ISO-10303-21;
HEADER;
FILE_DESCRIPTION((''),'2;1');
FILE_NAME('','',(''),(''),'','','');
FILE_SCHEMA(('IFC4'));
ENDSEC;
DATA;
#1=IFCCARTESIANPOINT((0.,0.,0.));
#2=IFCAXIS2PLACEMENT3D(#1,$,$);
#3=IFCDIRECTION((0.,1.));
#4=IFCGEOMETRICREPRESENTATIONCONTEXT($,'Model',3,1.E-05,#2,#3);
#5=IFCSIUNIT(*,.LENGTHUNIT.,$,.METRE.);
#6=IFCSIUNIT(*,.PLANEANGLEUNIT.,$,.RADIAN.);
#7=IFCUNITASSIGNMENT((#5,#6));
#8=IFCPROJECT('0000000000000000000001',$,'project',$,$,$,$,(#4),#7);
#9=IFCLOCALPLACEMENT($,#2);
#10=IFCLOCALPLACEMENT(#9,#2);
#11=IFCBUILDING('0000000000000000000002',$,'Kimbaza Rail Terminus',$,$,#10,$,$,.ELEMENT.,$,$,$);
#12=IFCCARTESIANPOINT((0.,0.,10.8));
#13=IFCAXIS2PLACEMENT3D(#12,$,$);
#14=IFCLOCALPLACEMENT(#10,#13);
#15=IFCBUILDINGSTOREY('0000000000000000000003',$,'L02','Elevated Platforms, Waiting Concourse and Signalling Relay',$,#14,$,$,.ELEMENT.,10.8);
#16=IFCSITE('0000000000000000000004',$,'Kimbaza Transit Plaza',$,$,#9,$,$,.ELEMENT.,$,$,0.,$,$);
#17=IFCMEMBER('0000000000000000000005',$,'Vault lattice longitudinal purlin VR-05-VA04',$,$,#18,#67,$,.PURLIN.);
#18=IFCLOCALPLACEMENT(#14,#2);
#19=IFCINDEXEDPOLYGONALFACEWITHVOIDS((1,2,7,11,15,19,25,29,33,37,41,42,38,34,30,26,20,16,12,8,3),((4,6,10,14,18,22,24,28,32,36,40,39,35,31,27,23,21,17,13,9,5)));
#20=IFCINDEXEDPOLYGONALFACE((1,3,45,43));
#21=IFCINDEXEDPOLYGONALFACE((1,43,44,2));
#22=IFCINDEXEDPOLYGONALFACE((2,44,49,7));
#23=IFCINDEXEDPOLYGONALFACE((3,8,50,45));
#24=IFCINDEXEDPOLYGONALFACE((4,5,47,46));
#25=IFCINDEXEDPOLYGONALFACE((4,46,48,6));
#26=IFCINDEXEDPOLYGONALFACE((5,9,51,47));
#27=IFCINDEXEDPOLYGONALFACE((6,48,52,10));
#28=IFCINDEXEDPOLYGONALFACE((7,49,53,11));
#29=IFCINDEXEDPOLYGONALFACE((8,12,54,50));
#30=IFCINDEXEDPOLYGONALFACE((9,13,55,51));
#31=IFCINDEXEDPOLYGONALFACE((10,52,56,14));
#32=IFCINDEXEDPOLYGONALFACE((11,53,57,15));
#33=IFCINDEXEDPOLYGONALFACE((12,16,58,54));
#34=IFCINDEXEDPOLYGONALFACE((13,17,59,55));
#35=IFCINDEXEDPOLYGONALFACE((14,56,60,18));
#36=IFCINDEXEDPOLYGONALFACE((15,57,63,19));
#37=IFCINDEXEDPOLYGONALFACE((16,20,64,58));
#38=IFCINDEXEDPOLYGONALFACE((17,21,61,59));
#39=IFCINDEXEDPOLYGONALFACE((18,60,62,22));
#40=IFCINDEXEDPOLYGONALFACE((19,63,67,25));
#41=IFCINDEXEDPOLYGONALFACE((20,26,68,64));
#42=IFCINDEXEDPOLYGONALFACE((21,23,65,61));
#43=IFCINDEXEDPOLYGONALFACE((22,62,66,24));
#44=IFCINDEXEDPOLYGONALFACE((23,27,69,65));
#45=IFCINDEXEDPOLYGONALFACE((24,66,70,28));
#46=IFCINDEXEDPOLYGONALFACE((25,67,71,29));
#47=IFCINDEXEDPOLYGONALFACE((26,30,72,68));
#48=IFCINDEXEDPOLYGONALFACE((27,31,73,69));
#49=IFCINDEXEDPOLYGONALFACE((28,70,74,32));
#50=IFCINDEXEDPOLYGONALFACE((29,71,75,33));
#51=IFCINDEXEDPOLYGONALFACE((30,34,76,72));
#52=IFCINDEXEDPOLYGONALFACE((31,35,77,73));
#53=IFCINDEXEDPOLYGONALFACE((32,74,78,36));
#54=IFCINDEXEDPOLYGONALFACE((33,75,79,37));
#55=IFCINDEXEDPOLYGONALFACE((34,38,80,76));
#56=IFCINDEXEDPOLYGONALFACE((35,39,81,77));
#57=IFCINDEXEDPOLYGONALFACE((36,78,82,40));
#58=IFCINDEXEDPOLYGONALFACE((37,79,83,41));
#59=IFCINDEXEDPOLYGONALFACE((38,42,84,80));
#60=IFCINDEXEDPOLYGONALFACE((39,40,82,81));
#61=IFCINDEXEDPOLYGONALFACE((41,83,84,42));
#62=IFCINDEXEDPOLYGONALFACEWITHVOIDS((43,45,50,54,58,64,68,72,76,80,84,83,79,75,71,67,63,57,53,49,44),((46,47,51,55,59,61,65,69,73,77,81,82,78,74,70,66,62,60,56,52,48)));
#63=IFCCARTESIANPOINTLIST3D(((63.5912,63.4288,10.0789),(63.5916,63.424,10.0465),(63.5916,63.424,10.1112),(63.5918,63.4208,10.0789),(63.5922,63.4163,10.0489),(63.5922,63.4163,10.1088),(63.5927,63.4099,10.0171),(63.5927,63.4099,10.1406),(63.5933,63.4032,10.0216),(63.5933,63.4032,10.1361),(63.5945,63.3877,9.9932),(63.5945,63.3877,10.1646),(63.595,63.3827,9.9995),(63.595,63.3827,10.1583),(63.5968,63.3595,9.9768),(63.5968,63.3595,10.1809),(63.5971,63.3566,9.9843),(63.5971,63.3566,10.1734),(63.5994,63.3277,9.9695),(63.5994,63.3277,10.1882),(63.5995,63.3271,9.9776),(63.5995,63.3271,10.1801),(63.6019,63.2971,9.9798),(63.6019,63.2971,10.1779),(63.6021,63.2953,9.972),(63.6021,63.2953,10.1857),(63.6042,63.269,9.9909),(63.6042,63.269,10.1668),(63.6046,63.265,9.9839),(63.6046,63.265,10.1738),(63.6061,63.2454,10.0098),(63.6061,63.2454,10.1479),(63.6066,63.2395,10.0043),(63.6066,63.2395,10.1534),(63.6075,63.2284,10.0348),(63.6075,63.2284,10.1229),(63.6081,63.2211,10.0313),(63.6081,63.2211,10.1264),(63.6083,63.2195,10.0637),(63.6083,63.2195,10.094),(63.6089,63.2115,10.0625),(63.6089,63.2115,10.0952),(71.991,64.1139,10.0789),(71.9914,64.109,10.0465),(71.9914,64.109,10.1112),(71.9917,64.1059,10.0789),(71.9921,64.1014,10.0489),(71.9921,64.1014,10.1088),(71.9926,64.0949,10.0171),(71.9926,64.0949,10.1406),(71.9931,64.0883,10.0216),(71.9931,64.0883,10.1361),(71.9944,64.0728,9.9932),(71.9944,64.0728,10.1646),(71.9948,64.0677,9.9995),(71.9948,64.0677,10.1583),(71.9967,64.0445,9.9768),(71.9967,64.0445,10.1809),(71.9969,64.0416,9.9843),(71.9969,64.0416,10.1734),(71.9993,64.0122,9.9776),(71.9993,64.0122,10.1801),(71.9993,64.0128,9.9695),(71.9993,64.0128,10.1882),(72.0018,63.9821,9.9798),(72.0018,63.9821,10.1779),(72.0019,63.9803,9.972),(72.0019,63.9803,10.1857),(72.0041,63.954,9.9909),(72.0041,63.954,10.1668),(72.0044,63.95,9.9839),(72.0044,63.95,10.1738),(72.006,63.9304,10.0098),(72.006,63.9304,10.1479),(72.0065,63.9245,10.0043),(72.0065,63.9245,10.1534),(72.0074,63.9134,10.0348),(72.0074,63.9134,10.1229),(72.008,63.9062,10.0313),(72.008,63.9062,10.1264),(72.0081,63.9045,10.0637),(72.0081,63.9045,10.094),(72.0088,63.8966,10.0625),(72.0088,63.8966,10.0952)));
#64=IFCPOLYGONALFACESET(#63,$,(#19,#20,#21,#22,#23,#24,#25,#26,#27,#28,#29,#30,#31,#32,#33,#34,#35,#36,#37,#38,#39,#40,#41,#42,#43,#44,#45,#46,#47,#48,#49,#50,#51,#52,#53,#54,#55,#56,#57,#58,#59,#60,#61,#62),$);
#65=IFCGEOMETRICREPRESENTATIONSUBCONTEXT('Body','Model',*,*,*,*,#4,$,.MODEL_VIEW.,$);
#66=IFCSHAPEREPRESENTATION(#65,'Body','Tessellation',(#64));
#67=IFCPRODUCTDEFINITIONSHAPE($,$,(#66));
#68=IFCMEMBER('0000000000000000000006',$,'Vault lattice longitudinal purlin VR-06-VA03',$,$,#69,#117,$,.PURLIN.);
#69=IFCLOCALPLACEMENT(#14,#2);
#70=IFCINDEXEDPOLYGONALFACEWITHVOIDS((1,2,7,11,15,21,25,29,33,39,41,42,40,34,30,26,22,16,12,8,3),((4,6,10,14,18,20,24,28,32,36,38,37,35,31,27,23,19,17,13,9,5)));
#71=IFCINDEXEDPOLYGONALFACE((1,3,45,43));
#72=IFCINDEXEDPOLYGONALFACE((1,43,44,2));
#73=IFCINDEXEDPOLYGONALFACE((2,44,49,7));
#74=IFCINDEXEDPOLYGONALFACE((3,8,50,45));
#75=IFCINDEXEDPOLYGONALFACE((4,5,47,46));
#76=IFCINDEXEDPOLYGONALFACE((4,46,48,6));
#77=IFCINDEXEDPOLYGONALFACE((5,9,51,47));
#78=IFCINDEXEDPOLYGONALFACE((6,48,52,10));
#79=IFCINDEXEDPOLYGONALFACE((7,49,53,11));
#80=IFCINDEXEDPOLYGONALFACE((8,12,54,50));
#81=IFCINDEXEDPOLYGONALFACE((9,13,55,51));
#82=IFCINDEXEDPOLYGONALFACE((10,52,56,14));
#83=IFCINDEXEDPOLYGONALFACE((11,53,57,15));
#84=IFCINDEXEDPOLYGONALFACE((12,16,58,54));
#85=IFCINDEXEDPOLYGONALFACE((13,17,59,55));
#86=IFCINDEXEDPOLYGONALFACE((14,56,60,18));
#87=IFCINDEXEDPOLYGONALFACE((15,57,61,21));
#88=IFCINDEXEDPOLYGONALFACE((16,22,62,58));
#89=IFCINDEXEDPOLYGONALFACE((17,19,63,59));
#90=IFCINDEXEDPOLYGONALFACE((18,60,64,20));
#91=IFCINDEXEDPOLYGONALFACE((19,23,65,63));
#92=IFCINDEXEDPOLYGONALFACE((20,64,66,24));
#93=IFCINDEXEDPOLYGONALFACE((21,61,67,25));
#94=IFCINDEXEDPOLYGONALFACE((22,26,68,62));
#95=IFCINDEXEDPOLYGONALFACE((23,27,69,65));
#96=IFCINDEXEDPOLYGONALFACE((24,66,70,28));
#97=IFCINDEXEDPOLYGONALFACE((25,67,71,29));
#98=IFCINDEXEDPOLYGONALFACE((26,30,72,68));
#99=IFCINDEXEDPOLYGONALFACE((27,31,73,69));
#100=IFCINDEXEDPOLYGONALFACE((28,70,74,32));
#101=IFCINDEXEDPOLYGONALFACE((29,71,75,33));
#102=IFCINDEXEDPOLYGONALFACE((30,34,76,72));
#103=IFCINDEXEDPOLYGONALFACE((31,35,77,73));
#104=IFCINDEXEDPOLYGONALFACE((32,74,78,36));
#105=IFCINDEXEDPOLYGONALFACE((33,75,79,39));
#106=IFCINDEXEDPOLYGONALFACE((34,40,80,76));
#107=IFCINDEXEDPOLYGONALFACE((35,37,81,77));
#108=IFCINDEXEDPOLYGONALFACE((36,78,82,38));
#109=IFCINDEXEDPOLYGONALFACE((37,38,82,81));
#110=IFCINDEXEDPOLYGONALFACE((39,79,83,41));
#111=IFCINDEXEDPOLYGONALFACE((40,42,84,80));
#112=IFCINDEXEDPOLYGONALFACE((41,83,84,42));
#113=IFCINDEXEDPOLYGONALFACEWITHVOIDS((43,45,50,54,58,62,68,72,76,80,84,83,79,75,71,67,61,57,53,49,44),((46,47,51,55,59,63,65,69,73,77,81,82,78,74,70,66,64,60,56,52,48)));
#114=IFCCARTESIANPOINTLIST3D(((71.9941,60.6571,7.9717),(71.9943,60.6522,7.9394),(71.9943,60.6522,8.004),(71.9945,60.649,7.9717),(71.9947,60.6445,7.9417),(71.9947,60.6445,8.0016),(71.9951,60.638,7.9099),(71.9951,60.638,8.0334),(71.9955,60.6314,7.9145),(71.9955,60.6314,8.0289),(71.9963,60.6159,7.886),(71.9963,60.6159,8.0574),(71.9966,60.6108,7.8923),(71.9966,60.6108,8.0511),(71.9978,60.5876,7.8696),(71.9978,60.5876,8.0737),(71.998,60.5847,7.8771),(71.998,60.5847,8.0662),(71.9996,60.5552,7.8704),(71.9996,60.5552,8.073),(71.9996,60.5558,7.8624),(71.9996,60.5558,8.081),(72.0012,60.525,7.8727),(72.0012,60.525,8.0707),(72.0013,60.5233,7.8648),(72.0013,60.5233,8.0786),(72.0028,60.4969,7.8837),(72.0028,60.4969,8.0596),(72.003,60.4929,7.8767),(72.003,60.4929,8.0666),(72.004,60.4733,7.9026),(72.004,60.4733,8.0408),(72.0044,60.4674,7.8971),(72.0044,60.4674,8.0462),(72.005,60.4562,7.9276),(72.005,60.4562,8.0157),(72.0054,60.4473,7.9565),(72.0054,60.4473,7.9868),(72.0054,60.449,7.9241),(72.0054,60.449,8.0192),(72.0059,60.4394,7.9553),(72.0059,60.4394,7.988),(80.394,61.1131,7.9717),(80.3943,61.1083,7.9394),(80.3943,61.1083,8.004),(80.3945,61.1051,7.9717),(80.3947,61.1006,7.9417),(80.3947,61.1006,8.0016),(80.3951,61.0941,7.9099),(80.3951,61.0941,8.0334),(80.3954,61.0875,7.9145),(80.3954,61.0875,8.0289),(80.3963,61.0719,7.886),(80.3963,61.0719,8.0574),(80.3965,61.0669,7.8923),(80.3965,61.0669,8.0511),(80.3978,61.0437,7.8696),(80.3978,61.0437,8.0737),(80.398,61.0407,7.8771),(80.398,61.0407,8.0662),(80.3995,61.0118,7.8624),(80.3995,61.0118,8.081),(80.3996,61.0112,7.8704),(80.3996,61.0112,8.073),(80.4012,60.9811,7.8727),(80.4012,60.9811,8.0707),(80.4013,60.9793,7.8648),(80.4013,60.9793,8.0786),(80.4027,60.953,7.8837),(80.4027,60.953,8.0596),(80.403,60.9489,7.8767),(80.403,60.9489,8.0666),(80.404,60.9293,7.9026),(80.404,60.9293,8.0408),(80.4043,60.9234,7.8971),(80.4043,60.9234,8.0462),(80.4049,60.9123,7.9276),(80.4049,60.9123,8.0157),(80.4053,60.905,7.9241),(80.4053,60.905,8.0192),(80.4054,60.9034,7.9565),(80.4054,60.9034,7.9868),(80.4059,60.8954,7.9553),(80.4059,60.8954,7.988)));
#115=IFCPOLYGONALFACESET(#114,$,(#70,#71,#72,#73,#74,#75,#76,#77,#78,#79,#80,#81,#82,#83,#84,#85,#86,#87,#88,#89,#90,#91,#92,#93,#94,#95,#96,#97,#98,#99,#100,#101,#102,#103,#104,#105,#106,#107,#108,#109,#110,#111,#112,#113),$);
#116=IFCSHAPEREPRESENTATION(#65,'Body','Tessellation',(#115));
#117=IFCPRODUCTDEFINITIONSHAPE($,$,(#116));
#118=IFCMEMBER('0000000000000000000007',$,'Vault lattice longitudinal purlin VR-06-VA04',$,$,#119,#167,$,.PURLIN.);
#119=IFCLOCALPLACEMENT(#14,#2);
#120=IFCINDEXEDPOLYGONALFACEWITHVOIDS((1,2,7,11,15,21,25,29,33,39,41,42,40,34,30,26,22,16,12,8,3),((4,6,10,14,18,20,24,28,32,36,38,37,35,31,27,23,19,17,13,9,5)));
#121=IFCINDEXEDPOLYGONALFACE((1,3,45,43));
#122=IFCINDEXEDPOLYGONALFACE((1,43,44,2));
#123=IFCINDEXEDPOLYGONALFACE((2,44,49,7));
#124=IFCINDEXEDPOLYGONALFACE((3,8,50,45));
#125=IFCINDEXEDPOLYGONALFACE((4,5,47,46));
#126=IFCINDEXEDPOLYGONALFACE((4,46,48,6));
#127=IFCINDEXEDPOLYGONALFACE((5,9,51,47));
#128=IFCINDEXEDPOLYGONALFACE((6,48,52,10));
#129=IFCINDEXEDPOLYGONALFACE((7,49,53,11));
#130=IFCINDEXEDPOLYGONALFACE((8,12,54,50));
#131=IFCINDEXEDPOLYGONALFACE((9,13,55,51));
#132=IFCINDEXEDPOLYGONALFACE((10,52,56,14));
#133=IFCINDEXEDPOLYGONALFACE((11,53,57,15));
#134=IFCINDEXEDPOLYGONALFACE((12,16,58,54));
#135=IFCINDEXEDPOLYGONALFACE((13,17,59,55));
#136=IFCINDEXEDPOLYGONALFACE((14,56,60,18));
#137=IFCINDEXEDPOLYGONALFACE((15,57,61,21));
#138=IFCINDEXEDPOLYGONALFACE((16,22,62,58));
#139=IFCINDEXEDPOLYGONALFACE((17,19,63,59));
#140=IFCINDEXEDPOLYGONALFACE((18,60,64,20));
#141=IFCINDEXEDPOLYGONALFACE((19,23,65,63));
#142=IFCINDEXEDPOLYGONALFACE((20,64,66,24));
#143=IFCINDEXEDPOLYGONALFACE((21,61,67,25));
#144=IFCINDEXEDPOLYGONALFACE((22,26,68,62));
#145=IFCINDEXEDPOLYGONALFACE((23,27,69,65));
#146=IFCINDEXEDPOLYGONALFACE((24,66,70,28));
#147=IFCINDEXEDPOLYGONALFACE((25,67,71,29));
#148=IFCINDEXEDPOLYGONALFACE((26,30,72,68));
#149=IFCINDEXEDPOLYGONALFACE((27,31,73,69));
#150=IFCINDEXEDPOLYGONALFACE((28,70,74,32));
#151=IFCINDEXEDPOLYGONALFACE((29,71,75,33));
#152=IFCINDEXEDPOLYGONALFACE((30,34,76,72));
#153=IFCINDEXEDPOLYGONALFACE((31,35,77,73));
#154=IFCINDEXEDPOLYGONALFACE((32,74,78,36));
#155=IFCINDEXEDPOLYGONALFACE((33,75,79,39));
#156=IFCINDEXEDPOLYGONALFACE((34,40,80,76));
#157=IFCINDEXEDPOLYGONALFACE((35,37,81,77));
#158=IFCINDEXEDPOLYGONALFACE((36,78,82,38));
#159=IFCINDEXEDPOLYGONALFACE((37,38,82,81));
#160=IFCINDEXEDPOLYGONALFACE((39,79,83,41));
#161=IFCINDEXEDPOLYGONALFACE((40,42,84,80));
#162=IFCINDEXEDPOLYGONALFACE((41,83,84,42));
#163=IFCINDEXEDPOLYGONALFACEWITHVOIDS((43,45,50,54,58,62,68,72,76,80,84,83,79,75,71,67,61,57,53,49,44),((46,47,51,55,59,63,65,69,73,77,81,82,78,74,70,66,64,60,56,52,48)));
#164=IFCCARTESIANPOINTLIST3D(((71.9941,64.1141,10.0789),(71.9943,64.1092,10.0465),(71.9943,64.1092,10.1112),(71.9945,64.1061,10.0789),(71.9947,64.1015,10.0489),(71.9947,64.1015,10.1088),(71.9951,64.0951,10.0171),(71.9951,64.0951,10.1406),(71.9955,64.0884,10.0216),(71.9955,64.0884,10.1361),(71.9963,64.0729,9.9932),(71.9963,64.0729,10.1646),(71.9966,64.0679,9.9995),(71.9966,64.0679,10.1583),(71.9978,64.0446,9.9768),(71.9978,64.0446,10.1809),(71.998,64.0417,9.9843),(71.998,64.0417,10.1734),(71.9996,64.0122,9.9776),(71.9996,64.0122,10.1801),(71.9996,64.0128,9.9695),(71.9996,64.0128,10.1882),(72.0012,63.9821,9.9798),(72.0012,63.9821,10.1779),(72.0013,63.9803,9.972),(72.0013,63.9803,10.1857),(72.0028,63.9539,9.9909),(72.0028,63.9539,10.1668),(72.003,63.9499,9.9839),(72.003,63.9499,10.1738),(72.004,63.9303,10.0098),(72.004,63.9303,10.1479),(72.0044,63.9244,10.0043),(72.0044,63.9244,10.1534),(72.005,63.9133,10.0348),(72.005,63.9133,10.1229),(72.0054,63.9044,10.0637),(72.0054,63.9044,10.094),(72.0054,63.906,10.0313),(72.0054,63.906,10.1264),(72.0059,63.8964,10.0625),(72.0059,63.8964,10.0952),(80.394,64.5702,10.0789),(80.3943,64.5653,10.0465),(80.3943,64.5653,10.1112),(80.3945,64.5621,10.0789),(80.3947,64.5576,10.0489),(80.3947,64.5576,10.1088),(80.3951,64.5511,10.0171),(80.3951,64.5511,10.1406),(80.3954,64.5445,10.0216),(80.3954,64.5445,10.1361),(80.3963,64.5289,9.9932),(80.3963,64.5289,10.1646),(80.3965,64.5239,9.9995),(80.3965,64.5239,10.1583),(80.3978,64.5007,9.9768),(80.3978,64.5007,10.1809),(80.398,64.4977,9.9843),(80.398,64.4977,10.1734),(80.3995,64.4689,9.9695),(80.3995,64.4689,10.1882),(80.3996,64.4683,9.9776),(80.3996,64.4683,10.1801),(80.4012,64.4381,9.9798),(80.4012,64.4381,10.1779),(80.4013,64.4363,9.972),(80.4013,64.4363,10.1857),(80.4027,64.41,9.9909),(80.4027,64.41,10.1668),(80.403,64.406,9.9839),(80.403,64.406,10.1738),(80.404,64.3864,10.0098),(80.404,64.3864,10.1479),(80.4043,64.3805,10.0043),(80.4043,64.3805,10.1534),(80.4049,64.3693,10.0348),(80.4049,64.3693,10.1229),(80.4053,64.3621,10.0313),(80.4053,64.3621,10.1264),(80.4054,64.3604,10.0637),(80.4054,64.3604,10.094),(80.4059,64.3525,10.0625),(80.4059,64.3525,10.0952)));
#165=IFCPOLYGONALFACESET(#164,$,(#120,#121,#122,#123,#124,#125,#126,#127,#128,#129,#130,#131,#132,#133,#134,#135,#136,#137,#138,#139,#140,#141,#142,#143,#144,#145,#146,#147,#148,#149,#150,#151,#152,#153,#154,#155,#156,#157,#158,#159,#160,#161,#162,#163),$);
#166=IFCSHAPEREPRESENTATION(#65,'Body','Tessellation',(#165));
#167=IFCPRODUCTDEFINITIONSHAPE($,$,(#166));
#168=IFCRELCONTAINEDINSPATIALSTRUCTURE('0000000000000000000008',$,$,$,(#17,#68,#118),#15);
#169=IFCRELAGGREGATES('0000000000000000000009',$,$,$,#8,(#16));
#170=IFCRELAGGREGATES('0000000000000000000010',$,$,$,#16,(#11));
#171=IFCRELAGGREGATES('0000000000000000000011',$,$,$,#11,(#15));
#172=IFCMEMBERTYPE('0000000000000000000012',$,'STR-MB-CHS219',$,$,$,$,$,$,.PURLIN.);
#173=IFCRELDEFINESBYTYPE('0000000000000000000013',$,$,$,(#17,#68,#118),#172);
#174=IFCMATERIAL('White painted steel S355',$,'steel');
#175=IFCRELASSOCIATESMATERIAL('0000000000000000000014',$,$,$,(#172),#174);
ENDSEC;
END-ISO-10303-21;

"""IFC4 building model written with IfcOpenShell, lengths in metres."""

from ifc_helpers import new_model, si_unit, direction, frame, origin, origin_2d, place, context, subcontext, project, spatial, hollow_circle, extrude, material, material_profile, profile_set, type_object, element, save


model = new_model("IFC4")

# Units and contexts
model_context = context("Model", 3, precision=1e-05, world=origin(), true_north=direction((0.0, 1.0)))
body_context = subcontext(model_context, "Body", "Model", "MODEL_VIEW")
ifc_project = project(units=[si_unit("LENGTHUNIT", "METRE"), si_unit("PLANEANGLEUNIT", "RADIAN")], contexts=[model_context])

# Site, building, storey
site_placement = place(None, origin())
site = spatial("IfcSite", under=ifc_project, at=site_placement, Name="Kimbaza Transit Plaza", CompositionType="ELEMENT", RefElevation=0.0)
building_placement = place(site_placement, origin())
building = spatial("IfcBuilding", under=site, at=building_placement, Name="Kimbaza Rail Terminus", CompositionType="ELEMENT")
storey_placement = place(building_placement, frame((0.0, 0.0, 10.8)))
storey = spatial("IfcBuildingStorey", under=building, at=storey_placement, Name="L02", Description="Elevated Platforms, Waiting Concourse and Signalling Relay", CompositionType="ELEMENT", Elevation=10.8)

# Members
ifc_material_1 = material(Name="White painted steel S355", Category="steel")
ifc_material_profile_1 = material_profile(ifc_material_1, hollow_circle(Radius=0.1096, WallThickness=0.0081, at=origin_2d()), Name="CHS 219.1x8")
ifc_profile_set_1 = profile_set([ifc_material_profile_1], Name="White painted steel S355")
member_type_1 = type_object("IfcMemberType", Name="STR-MB-CHS219", PredefinedType="PURLIN", material=ifc_profile_set_1)
for number, where, z_axis, x_axis, name in (
    (1, (63.6001, 63.3196, 10.0789), (0.996691, 0.081286, 0.0), (-0.081286, 0.996691, 0.0), "Vault lattice longitudinal purlin VR-05-VA04"),
):
    element("IfcMember", number, at=place(storey_placement, frame(where, z_axis=z_axis, x_axis=x_axis)), inside=storey, type_object=member_type_1, Name=name, PredefinedType="PURLIN", context=body_context, shape_type="SweptSolid", body=[
        extrude(hollow_circle(Radius=0.1096, WallThickness=0.0081, at=origin_2d()), origin(), (0.0, 0.0, 1.0), 8.4277),
    ])
for number, where, z_axis, x_axis, name in (
    (2, (72.0, 60.5476, 7.9717), (0.998529, 0.054213, 0.0), (-0.054213, 0.998529, 0.0), "Vault lattice longitudinal purlin VR-06-VA03"),
    (3, (72.0, 64.0046, 10.0789), (0.998529, 0.054213, 0.0), (-0.054213, 0.998529, 0.0), "Vault lattice longitudinal purlin VR-06-VA04"),
):
    element("IfcMember", number, at=place(storey_placement, frame(where, z_axis=z_axis, x_axis=x_axis)), inside=storey, type_object=member_type_1, Name=name, PredefinedType="PURLIN", context=body_context, shape_type="SweptSolid", body=[
        extrude(hollow_circle(Radius=0.1096, WallThickness=0.0081, at=origin_2d()), origin(), (0.0, 0.0, 1.0), 8.4124),
    ])

save(model, "model.ifc")
